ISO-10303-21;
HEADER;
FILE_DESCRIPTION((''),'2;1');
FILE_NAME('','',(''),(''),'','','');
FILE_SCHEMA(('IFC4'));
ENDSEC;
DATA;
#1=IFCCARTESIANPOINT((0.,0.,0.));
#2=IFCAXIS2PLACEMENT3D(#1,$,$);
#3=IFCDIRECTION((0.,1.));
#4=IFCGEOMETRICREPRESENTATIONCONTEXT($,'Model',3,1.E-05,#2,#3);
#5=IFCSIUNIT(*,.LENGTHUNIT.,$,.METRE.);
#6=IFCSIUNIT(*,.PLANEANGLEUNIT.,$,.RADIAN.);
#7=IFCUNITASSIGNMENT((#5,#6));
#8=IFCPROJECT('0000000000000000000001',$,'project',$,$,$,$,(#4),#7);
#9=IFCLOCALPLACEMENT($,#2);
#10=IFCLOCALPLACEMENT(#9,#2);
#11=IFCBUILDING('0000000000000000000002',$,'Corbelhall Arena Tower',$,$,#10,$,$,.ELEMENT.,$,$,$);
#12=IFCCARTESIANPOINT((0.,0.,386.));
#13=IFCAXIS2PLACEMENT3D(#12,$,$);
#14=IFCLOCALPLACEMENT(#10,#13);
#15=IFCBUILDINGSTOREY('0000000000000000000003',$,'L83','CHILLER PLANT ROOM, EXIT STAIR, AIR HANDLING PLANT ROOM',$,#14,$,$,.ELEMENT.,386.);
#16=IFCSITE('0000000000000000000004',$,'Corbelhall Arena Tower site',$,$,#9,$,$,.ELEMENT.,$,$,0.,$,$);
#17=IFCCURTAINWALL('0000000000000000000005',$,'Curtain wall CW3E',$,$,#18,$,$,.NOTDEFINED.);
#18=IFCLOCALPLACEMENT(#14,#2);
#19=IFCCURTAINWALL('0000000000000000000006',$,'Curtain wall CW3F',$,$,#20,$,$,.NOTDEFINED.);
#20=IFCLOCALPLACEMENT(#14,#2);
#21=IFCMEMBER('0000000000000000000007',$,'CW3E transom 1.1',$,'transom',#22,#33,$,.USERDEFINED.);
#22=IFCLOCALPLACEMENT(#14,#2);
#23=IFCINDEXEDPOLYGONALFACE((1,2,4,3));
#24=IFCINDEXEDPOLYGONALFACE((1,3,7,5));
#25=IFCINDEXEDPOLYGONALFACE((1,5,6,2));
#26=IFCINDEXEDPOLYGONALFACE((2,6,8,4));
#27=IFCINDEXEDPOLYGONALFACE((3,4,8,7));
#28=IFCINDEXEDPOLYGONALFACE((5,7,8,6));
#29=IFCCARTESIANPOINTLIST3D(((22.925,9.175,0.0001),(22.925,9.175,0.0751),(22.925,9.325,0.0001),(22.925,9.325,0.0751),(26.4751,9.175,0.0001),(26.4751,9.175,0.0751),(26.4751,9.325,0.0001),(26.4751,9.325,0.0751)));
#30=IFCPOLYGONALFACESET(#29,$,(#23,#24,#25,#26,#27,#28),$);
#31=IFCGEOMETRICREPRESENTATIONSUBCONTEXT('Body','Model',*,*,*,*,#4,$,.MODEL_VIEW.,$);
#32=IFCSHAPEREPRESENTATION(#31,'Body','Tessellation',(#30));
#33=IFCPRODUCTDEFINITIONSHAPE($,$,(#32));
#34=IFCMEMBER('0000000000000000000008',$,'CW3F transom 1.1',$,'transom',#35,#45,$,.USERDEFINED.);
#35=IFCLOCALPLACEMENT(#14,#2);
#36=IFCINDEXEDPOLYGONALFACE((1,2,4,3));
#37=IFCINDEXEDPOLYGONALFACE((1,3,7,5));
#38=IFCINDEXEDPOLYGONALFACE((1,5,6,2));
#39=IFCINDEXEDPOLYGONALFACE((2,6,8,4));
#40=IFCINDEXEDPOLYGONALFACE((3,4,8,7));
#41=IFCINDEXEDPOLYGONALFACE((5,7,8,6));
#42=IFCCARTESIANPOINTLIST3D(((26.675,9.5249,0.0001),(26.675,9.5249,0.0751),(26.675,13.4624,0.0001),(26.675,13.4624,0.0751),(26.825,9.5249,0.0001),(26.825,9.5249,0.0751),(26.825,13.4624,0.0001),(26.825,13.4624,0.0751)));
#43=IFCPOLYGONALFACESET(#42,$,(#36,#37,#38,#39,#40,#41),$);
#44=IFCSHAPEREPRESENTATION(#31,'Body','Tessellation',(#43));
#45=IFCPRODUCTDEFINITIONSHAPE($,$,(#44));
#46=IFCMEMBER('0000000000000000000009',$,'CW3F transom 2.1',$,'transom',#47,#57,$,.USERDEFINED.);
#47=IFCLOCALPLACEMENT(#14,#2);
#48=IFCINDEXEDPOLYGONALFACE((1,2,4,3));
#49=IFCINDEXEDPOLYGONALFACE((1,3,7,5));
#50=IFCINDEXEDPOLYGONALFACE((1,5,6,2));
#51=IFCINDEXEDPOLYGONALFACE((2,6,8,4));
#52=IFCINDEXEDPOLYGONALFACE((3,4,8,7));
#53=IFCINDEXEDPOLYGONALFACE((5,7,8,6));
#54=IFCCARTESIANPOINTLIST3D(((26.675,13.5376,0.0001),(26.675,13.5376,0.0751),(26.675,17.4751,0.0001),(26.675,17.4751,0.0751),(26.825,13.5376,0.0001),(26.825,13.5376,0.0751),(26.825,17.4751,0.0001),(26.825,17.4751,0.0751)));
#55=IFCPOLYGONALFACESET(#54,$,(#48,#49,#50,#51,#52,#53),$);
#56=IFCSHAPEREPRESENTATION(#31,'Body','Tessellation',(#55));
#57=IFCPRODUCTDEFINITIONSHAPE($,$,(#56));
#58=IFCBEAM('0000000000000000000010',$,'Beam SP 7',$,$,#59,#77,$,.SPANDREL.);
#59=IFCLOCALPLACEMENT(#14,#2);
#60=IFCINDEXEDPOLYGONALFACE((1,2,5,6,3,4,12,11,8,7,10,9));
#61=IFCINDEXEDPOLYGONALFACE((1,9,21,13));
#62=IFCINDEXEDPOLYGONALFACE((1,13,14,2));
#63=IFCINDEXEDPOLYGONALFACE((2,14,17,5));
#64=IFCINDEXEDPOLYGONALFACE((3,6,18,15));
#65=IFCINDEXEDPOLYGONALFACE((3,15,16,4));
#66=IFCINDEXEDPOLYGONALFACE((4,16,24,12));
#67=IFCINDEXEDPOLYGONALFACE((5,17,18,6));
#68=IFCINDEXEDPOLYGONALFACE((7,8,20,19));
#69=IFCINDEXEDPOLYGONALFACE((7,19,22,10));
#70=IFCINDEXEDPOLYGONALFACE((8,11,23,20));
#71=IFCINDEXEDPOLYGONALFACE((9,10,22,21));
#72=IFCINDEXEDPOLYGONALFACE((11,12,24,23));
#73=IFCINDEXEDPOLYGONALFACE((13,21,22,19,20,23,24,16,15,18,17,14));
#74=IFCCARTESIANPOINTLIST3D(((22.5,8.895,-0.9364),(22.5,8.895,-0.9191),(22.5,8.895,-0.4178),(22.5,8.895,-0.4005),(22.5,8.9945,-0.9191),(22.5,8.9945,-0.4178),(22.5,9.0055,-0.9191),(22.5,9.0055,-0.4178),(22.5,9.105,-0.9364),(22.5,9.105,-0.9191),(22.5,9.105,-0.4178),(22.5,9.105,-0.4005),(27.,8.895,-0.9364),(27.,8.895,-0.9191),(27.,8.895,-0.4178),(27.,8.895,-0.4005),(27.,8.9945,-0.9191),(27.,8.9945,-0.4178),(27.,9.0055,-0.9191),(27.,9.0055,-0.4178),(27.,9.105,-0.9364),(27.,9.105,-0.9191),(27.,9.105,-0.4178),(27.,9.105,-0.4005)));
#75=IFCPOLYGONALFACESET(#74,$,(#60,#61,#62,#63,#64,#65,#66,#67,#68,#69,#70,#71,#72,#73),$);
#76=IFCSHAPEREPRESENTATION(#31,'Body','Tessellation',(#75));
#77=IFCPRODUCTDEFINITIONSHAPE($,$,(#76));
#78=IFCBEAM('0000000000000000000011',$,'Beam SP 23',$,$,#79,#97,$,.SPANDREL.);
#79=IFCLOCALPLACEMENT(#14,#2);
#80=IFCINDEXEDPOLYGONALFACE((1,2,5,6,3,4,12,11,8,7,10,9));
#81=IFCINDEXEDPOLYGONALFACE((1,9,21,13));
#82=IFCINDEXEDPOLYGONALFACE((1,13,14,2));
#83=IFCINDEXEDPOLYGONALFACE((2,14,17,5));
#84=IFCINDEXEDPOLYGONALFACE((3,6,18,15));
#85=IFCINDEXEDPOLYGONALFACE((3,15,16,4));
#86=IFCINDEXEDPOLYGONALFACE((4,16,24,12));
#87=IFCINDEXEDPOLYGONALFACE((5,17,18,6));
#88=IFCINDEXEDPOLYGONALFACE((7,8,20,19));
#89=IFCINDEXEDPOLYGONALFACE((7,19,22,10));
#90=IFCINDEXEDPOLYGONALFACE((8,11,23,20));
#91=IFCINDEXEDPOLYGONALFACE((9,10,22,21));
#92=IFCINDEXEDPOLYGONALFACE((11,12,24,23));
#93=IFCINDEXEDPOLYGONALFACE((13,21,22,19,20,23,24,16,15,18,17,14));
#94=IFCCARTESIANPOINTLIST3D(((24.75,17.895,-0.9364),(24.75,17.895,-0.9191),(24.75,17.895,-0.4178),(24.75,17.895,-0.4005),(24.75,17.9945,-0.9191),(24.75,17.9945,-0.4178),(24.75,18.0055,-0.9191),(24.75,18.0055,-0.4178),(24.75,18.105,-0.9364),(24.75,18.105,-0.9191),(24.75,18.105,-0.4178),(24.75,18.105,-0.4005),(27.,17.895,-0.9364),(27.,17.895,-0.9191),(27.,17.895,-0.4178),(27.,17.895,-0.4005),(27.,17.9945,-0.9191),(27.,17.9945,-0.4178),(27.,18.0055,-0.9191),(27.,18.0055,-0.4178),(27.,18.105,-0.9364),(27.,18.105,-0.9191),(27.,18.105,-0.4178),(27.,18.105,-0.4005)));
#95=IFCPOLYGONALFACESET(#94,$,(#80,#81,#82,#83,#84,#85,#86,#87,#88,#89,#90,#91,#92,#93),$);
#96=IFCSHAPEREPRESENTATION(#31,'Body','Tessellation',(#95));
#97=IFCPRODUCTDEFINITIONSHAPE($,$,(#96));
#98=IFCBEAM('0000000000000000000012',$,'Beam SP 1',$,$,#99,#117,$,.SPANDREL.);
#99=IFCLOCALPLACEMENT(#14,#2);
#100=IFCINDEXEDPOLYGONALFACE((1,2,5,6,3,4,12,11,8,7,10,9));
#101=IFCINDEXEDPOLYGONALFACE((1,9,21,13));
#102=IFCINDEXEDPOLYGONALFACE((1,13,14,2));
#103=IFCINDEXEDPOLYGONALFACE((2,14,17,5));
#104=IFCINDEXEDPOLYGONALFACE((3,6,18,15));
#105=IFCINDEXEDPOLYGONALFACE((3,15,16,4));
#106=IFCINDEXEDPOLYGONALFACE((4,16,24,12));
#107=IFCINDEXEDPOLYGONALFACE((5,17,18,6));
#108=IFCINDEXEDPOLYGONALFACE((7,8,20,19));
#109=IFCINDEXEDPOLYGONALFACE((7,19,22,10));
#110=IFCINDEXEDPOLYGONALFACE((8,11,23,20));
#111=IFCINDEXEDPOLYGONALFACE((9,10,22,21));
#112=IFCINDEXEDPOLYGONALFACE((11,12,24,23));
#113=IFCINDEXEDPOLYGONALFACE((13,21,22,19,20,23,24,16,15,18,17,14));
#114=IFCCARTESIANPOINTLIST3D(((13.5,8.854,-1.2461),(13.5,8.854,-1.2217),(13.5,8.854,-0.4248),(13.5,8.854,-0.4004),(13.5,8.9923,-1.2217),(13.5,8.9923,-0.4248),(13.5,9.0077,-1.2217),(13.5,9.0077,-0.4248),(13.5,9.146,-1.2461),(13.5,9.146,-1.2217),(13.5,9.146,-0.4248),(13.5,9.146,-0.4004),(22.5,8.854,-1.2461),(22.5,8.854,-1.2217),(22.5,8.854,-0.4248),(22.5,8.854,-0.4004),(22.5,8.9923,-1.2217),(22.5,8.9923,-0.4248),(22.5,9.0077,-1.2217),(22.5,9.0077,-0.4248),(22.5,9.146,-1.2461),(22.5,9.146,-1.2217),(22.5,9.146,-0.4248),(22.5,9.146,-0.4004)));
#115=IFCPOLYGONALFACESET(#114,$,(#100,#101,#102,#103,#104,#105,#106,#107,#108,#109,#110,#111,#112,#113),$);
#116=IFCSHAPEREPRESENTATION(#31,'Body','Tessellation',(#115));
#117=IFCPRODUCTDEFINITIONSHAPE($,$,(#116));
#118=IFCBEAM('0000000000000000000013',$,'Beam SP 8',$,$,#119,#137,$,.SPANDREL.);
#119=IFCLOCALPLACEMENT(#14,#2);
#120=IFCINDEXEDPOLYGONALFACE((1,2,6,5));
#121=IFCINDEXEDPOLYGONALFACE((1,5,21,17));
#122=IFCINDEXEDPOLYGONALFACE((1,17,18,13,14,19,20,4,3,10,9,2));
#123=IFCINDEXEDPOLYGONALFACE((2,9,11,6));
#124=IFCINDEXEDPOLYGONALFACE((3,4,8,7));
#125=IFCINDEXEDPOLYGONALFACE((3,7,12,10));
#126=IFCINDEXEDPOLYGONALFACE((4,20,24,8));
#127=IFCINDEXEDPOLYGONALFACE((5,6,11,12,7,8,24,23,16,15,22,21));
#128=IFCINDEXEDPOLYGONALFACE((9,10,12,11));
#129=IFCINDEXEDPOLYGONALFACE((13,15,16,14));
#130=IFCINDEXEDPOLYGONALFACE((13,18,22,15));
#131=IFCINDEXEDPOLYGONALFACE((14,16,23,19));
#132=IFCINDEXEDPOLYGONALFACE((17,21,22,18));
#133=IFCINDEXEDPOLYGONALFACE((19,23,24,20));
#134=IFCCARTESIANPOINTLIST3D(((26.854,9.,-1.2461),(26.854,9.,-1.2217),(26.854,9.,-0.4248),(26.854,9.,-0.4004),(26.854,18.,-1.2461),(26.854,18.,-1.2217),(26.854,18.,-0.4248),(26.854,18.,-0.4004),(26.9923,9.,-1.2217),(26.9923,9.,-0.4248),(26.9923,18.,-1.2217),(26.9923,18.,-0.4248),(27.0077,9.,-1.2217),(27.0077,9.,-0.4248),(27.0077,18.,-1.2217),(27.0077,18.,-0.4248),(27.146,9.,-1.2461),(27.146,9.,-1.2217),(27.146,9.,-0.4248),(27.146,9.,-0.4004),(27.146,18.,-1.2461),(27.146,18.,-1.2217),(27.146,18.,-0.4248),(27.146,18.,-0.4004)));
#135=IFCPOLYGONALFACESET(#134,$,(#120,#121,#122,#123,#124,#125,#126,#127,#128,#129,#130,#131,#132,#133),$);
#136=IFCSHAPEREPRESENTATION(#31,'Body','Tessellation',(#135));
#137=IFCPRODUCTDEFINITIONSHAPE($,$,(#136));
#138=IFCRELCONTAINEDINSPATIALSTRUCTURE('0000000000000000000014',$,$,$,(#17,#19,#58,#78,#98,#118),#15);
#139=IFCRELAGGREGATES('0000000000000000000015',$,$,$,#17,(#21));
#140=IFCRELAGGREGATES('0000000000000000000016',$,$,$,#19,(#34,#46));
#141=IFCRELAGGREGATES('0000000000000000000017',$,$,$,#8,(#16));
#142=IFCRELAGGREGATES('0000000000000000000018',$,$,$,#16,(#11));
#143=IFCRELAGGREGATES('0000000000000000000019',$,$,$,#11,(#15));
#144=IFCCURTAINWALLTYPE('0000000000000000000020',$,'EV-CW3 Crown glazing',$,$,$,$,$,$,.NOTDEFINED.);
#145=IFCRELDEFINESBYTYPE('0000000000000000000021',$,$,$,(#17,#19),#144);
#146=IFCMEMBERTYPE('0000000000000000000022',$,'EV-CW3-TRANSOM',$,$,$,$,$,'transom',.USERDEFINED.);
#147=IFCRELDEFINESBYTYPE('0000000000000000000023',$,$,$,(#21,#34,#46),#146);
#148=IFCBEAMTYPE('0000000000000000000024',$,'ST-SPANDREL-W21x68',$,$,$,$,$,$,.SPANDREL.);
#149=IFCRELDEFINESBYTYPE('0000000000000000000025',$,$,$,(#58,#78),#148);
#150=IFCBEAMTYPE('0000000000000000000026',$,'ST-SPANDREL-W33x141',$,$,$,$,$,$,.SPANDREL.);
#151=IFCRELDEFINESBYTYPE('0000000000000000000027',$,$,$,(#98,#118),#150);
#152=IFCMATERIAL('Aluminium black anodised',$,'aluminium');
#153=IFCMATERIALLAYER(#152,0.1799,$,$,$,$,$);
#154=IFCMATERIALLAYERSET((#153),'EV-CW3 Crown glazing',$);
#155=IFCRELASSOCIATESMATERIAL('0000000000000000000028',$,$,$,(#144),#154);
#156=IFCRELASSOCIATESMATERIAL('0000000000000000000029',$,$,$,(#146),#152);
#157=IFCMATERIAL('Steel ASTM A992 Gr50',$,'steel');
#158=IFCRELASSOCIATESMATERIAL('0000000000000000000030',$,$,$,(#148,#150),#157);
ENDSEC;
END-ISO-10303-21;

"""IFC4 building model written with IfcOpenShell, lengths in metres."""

from ifc_helpers import new_model, si_unit, direction, frame, origin, origin_2d, place, context, subcontext, project, spatial, rectangle, i_section, extrude, material, layer, layer_set, material_profile, profile_set, type_object, element, aggregate, save


model = new_model("IFC4")

# Units and contexts
model_context = context("Model", 3, precision=1e-05, world=origin(), true_north=direction((0.0, 1.0)))
body_context = subcontext(model_context, "Body", "Model", "MODEL_VIEW")
ifc_project = project(units=[si_unit("LENGTHUNIT", "METRE"), si_unit("PLANEANGLEUNIT", "RADIAN")], contexts=[model_context])

# Site, building, storey
site_placement = place(None, origin())
site = spatial("IfcSite", under=ifc_project, at=site_placement, Name="Corbelhall Arena Tower site", CompositionType="ELEMENT", RefElevation=0.0)
building_placement = place(site_placement, origin())
building = spatial("IfcBuilding", under=site, at=building_placement, Name="Corbelhall Arena Tower", CompositionType="ELEMENT")
storey_placement = place(building_placement, frame((0.0, 0.0, 386.0)))
storey = spatial("IfcBuildingStorey", under=building, at=storey_placement, Name="L83", Description="CHILLER PLANT ROOM, EXIT STAIR, AIR HANDLING PLANT ROOM", CompositionType="ELEMENT", Elevation=386.0)

# Shared definitions
ifc_material_1 = material(Name="Aluminium black anodised", Category="aluminium")
ifc_layer = layer(ifc_material_1, 0.1799)
ifc_layer_set = layer_set([ifc_layer], Name="EV-CW3 Crown glazing")
curtain_wall_type = type_object("IfcCurtainWallType", Name="EV-CW3 Crown glazing", PredefinedType="NOTDEFINED", material=ifc_layer_set)

# Curtain walls
curtain_wall_1_placement = place(storey_placement, origin())
curtain_wall_1 = element("IfcCurtainWall", 1, at=curtain_wall_1_placement, inside=storey, type_object=curtain_wall_type, Name="Curtain wall CW3E", PredefinedType="NOTDEFINED")
curtain_wall_2_placement = place(storey_placement, origin())
curtain_wall_2 = element("IfcCurtainWall", 2, at=curtain_wall_2_placement, inside=storey, type_object=curtain_wall_type, Name="Curtain wall CW3F", PredefinedType="NOTDEFINED")

# Members
ifc_material_profile_1 = material_profile(ifc_material_1, rectangle(XDim=0.1499, YDim=0.075, at=origin_2d()))
ifc_profile_set_1 = profile_set([ifc_material_profile_1], Name="Aluminium black anodised")
member_type_1 = type_object("IfcMemberType", Name="EV-CW3-TRANSOM", ElementType="transom", PredefinedType="USERDEFINED", material=ifc_profile_set_1)
member_1_placement = place(storey_placement, frame((22.925, 9.25, 0.0376), z_axis=(1.0, 0.0, 0.0), x_axis=(0.0, 1.0, 0.0)))
member_1 = element("IfcMember", 3, at=member_1_placement, type_object=member_type_1, Name="CW3E transom 1.1", ObjectType="transom", PredefinedType="USERDEFINED", context=body_context, shape_type="SweptSolid", body=[
    extrude(rectangle(XDim=0.1499, YDim=0.075, at=origin_2d()), origin(), (0.0, 0.0, 1.0), 3.55),
])
aggregate(curtain_wall_1, [member_1])
member_2_placement = place(storey_placement, frame((26.75, 9.5249, 0.0376), z_axis=(0.0, 1.0, 0.0), x_axis=(-1.0, 0.0, 0.0)))
member_2 = element("IfcMember", 4, at=member_2_placement, type_object=member_type_1, Name="CW3F transom 1.1", ObjectType="transom", PredefinedType="USERDEFINED", context=body_context, shape_type="SweptSolid", body=[
    extrude(rectangle(XDim=0.1499, YDim=0.075, at=origin_2d()), origin(), (0.0, 0.0, 1.0), 3.9375),
])
member_3_placement = place(storey_placement, frame((26.75, 13.5376, 0.0376), z_axis=(0.0, 1.0, 0.0), x_axis=(-1.0, 0.0, 0.0)))
member_3 = element("IfcMember", 5, at=member_3_placement, type_object=member_type_1, Name="CW3F transom 2.1", ObjectType="transom", PredefinedType="USERDEFINED", context=body_context, shape_type="SweptSolid", body=[
    extrude(rectangle(XDim=0.1499, YDim=0.075, at=origin_2d()), origin(), (0.0, 0.0, 1.0), 3.9375),
])
aggregate(curtain_wall_2, [member_2, member_3])

# Beams
ifc_material_2 = material(Name="Steel ASTM A992 Gr50", Category="steel")
ifc_material_profile_2 = material_profile(ifc_material_2, i_section(OverallWidth=0.21, OverallDepth=0.5359, WebThickness=0.011, FlangeThickness=0.0173, at=origin_2d()))
ifc_profile_set_2 = profile_set([ifc_material_profile_2], Name="Steel ASTM A992 Gr50")
beam_type_1 = type_object("IfcBeamType", Name="ST-SPANDREL-W21x68", PredefinedType="SPANDREL", material=ifc_profile_set_2)
beam_1_placement = place(storey_placement, frame((27.0, 9.0, -0.6685), z_axis=(-1.0, 0.0, 0.0), x_axis=(0.0, -1.0, 0.0)))
element("IfcBeam", 6, at=beam_1_placement, inside=storey, type_object=beam_type_1, Name="Beam SP 7", PredefinedType="SPANDREL", context=body_context, shape_type="SweptSolid", body=[
    extrude(i_section(OverallWidth=0.21, OverallDepth=0.5359, WebThickness=0.011, FlangeThickness=0.0173, at=origin_2d()), origin(), (0.0, 0.0, 1.0), 4.5),
])
beam_2_placement = place(storey_placement, frame((24.75, 18.0, -0.6685), z_axis=(1.0, 0.0, 0.0), x_axis=(0.0, 1.0, 0.0)))
element("IfcBeam", 7, at=beam_2_placement, inside=storey, type_object=beam_type_1, Name="Beam SP 23", PredefinedType="SPANDREL", context=body_context, shape_type="SweptSolid", body=[
    extrude(i_section(OverallWidth=0.21, OverallDepth=0.5359, WebThickness=0.011, FlangeThickness=0.0173, at=origin_2d()), origin(), (0.0, 0.0, 1.0), 2.25),
])
ifc_material_profile_3 = material_profile(ifc_material_2, i_section(OverallWidth=0.292, OverallDepth=0.8457, WebThickness=0.0154, FlangeThickness=0.0244, at=origin_2d()))
ifc_profile_set_3 = profile_set([ifc_material_profile_3], Name="Steel ASTM A992 Gr50")
beam_type_2 = type_object("IfcBeamType", Name="ST-SPANDREL-W33x141", PredefinedType="SPANDREL", material=ifc_profile_set_3)
for number, where, z_axis, x_axis, name in (
    (8, (22.5, 9.0, -0.8232), (-1.0, 0.0, 0.0), (0.0, -1.0, 0.0), "Beam SP 1"),
    (9, (27.0, 18.0, -0.8232), (0.0, -1.0, 0.0), (1.0, 0.0, 0.0), "Beam SP 8"),
):
    element("IfcBeam", number, at=place(storey_placement, frame(where, z_axis=z_axis, x_axis=x_axis)), inside=storey, type_object=beam_type_2, Name=name, PredefinedType="SPANDREL", context=body_context, shape_type="SweptSolid", body=[
        extrude(i_section(OverallWidth=0.292, OverallDepth=0.8457, WebThickness=0.0154, FlangeThickness=0.0244, at=origin_2d()), origin(), (0.0, 0.0, 1.0), 9.0),
    ])

save(model, "model.ifc")
